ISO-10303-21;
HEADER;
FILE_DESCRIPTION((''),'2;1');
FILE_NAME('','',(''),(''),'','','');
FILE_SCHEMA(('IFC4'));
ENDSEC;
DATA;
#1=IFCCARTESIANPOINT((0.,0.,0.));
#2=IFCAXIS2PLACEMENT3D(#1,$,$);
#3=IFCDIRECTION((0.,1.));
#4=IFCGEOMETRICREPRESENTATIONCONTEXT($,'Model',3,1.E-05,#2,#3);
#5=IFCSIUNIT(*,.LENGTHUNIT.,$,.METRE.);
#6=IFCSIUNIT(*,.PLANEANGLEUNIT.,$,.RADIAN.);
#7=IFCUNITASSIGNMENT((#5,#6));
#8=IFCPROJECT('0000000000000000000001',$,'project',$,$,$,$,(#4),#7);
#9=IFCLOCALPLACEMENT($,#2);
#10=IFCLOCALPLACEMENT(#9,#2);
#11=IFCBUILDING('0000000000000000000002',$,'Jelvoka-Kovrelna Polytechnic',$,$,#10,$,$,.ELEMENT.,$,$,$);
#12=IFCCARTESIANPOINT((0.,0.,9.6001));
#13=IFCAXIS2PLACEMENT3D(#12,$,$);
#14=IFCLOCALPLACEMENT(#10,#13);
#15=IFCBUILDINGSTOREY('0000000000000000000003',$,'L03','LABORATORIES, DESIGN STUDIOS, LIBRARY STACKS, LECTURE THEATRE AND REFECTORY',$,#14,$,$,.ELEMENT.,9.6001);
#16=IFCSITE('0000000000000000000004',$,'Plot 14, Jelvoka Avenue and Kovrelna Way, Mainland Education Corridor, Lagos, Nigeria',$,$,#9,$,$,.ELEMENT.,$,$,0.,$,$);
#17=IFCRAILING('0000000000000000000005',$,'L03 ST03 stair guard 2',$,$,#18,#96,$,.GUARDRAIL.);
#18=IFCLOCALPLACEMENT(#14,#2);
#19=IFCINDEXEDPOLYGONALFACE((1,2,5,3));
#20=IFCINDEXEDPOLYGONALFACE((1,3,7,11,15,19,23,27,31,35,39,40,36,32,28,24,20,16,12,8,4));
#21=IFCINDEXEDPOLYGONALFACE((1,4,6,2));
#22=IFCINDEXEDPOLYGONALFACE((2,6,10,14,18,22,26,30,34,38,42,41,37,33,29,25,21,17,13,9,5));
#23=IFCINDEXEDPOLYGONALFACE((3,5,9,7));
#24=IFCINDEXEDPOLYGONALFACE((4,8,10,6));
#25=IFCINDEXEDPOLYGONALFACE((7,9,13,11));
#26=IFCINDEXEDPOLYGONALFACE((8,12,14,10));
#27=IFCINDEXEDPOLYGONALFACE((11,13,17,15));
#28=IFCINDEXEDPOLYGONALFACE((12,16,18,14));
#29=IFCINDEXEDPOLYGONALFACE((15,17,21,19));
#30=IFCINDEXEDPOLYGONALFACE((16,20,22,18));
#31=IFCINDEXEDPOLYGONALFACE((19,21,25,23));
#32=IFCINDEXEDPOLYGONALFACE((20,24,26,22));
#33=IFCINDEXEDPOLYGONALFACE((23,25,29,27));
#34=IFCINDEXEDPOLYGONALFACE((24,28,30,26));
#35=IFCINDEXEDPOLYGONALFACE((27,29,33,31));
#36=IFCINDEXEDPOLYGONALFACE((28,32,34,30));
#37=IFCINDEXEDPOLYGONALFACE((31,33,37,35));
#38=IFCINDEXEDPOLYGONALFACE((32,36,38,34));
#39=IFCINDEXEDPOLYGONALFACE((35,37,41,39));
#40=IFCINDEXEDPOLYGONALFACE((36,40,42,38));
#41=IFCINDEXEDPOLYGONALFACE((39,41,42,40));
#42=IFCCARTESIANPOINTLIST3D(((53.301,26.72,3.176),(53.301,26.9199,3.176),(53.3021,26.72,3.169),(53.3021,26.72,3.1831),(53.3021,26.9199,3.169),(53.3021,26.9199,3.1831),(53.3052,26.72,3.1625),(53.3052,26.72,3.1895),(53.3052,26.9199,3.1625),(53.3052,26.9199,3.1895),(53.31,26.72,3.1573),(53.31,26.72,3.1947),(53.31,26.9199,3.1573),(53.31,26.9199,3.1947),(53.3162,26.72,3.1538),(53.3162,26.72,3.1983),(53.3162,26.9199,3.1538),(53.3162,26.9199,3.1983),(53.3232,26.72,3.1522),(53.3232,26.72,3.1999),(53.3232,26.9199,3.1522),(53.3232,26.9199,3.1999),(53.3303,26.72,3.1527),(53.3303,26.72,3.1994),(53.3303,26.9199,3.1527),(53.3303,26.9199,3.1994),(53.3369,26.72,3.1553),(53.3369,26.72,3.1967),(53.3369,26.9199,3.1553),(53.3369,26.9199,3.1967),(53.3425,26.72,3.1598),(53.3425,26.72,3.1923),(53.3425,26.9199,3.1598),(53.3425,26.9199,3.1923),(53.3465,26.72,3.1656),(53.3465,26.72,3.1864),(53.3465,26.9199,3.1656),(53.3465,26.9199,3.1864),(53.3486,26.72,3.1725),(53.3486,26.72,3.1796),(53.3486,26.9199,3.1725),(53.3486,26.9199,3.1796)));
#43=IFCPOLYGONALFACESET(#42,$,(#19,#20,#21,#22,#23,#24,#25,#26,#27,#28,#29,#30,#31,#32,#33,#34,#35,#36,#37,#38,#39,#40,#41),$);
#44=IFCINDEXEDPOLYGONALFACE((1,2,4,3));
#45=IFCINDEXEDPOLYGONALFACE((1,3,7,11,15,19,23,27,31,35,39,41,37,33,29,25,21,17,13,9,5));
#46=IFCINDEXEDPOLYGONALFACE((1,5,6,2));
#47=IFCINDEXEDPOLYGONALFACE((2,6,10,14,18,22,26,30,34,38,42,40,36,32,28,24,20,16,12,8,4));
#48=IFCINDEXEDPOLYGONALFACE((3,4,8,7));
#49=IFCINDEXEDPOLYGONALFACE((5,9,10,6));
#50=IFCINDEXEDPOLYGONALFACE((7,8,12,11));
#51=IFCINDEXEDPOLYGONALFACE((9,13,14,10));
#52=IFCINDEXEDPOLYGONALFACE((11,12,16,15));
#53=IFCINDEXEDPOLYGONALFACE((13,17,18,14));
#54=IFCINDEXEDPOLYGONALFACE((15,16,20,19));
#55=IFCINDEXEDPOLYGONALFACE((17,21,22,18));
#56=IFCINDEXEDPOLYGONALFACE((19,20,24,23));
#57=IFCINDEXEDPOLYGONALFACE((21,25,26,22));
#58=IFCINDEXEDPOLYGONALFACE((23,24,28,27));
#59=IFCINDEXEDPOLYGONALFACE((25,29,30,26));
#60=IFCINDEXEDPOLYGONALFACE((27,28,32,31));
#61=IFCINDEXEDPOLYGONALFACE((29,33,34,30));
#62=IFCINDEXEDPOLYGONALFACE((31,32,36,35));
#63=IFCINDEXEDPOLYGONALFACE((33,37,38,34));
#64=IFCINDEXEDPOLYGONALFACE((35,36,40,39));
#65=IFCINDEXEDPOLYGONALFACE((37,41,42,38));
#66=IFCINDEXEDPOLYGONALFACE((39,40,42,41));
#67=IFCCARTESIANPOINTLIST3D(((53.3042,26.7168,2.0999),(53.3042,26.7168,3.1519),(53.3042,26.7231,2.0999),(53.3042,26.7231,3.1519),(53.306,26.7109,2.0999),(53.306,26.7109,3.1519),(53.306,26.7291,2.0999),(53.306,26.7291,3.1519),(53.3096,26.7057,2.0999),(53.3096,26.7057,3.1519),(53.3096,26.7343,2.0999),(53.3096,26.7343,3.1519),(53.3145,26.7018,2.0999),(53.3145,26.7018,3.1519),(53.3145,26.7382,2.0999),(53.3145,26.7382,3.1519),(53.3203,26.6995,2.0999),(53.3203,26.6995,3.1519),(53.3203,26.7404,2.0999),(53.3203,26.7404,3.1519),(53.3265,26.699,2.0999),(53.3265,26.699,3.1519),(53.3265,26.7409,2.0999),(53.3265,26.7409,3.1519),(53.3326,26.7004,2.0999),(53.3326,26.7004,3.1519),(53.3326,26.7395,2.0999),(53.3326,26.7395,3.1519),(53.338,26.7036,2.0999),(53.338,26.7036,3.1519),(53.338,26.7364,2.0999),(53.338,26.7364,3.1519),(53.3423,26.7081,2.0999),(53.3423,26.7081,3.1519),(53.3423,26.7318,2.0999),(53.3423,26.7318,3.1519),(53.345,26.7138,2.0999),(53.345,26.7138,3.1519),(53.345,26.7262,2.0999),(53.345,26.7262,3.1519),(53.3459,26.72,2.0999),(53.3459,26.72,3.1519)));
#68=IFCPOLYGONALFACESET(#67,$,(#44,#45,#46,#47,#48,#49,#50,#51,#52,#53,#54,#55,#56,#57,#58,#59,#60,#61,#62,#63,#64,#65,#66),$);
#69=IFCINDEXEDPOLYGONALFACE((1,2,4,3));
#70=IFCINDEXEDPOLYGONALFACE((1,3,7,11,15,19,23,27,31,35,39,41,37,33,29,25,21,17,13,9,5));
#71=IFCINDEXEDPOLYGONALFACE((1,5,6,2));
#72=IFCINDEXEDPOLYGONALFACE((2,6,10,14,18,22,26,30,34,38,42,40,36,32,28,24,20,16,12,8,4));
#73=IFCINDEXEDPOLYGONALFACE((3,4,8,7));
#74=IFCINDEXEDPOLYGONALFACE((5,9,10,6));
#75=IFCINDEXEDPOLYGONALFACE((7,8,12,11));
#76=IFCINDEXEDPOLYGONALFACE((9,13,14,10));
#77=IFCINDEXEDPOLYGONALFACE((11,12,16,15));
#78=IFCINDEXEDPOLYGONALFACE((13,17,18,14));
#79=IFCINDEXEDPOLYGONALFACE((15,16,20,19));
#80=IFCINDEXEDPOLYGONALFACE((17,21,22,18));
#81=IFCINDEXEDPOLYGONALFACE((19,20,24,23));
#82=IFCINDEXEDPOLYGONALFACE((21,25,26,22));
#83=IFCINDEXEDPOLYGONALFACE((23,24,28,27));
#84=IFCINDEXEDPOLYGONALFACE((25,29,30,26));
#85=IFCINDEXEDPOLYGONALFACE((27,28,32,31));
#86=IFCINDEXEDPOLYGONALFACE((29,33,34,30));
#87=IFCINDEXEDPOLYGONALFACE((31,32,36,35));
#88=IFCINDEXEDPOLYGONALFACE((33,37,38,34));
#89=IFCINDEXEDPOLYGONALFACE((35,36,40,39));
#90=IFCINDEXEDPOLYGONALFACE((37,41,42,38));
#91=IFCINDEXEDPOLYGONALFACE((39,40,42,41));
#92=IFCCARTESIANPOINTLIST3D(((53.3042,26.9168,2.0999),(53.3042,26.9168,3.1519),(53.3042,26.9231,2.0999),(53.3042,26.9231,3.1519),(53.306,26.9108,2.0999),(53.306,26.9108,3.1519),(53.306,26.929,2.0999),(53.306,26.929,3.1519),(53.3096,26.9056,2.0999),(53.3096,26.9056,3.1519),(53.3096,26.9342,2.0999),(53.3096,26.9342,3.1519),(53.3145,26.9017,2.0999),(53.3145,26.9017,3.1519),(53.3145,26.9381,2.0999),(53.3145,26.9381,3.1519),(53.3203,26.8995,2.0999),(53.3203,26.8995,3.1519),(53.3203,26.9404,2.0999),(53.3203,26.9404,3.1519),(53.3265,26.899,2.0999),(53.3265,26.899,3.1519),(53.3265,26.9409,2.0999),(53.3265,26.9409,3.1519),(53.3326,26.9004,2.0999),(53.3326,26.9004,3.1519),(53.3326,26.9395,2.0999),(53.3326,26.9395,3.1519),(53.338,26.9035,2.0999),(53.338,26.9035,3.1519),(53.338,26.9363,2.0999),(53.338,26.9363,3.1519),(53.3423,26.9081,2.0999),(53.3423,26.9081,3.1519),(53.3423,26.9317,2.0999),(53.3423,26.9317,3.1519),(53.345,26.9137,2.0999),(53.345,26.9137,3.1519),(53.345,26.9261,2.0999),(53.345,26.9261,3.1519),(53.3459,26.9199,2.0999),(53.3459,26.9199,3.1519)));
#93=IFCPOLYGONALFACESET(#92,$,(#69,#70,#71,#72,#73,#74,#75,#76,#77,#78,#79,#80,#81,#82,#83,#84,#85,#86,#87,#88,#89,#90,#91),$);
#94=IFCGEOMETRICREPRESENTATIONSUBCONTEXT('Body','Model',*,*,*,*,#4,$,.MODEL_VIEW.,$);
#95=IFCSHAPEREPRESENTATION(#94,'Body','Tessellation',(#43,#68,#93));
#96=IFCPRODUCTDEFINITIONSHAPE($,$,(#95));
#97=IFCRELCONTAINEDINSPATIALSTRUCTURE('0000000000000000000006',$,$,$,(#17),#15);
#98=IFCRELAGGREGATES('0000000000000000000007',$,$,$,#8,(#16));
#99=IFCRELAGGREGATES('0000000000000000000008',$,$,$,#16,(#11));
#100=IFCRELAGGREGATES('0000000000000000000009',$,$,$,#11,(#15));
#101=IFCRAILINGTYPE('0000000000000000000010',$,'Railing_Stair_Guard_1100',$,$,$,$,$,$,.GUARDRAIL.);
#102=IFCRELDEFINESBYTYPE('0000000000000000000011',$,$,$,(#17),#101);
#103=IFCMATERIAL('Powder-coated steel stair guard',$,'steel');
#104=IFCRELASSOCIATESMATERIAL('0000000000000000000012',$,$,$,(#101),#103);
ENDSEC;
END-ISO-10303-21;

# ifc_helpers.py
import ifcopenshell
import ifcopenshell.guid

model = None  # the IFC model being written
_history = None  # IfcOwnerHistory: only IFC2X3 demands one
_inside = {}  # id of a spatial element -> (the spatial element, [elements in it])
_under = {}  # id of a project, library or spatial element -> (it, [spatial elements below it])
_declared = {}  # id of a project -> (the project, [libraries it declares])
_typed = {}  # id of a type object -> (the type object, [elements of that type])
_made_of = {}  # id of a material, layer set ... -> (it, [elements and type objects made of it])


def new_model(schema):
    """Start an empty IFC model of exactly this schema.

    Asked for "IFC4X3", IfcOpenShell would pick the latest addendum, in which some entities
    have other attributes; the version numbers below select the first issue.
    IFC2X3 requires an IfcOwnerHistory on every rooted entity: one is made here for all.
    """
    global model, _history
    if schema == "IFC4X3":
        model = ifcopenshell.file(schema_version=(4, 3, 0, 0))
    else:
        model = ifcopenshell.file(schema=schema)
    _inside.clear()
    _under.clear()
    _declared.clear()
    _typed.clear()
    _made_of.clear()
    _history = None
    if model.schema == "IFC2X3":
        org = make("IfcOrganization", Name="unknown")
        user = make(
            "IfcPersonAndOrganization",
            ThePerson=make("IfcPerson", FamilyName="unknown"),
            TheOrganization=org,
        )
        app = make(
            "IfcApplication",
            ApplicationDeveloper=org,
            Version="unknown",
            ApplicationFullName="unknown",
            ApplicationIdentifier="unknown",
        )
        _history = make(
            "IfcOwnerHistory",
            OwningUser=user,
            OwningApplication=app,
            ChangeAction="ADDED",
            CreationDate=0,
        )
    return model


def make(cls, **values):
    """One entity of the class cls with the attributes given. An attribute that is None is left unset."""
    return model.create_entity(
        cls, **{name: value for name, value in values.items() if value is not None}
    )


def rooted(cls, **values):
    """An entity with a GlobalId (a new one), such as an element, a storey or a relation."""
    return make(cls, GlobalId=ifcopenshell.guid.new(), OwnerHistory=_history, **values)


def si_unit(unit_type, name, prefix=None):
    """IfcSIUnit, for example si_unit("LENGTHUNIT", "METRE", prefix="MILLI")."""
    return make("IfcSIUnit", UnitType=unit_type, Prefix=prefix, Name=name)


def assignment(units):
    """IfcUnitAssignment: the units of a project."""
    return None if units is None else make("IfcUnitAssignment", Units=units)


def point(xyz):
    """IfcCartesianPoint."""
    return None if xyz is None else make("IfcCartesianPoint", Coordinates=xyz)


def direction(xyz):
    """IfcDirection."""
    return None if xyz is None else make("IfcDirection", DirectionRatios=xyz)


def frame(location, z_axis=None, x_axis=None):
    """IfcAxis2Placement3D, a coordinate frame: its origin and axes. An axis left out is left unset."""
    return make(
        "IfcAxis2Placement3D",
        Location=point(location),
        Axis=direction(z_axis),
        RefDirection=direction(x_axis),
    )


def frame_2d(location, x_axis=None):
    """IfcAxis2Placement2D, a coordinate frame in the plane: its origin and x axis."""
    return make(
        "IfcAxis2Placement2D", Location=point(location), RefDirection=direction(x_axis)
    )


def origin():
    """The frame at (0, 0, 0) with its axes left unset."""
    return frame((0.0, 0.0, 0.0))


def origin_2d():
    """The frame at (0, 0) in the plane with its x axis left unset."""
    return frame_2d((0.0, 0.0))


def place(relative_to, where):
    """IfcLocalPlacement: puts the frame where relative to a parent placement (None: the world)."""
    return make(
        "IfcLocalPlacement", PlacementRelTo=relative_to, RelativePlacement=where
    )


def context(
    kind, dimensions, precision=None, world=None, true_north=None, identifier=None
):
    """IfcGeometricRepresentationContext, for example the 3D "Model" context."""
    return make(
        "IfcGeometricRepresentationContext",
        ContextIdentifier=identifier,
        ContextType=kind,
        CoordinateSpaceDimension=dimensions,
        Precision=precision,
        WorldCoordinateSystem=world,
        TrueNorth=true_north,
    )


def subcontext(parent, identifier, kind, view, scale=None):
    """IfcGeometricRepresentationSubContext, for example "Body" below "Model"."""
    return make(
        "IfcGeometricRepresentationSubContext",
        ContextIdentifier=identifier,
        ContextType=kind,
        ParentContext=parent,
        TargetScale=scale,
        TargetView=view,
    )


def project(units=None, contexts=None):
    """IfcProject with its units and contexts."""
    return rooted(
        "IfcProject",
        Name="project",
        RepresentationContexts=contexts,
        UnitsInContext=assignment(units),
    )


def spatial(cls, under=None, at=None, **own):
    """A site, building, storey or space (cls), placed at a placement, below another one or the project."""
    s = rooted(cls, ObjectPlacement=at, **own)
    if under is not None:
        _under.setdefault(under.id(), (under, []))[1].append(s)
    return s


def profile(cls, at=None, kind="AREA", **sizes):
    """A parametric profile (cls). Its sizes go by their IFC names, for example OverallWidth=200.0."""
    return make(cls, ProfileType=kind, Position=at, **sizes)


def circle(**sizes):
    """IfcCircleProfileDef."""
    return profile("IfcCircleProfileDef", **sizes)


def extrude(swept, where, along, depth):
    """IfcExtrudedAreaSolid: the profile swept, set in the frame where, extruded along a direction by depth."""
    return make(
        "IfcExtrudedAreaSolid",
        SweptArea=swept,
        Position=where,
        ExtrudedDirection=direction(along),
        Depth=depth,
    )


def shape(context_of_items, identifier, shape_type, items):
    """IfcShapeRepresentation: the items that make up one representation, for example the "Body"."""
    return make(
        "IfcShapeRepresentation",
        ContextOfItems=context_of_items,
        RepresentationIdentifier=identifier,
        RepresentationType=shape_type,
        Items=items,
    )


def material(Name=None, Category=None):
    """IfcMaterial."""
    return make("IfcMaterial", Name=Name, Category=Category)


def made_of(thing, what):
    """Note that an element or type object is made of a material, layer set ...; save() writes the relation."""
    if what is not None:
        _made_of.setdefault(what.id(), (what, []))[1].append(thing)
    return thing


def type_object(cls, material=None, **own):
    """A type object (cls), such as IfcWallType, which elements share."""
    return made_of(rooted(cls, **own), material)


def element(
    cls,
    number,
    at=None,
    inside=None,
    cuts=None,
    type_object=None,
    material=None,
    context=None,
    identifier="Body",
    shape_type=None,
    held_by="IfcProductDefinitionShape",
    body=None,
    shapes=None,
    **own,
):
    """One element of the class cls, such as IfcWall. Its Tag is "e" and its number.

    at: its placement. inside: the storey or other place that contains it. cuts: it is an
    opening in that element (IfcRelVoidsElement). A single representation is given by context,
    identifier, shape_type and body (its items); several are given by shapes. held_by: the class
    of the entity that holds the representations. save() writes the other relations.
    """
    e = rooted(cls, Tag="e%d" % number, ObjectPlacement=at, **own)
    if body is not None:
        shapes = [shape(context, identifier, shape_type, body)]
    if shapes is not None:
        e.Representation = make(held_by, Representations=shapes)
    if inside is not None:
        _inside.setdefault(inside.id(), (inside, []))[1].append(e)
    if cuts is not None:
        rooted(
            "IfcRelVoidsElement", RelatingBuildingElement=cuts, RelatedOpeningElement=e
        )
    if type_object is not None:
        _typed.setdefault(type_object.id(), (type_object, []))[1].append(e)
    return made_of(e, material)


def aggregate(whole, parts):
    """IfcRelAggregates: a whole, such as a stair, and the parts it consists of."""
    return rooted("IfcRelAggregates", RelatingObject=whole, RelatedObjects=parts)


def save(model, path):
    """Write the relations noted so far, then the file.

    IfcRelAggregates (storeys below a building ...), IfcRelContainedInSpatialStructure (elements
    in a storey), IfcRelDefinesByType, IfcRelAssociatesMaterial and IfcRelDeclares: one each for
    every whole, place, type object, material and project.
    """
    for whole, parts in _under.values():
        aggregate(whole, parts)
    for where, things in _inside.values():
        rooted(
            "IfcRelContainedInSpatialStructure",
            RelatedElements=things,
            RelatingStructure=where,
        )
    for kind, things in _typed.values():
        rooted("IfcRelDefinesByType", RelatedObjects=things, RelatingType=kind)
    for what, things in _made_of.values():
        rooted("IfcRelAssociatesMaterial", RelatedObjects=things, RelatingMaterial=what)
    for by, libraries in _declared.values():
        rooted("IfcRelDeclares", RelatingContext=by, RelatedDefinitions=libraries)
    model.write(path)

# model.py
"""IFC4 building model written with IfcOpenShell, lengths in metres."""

from ifc_helpers import new_model, si_unit, direction, frame, origin, origin_2d, place, context, subcontext, project, spatial, circle, extrude, material, type_object, element, save


model = new_model("IFC4")

# Units and contexts
model_context = context("Model", 3, precision=1e-05, world=origin(), true_north=direction((0.0, 1.0)))
body_context = subcontext(model_context, "Body", "Model", "MODEL_VIEW")
ifc_project = project(units=[si_unit("LENGTHUNIT", "METRE"), si_unit("PLANEANGLEUNIT", "RADIAN")], contexts=[model_context])

# Site, building, storey
site_placement = place(None, origin())
site = spatial("IfcSite", under=ifc_project, at=site_placement, Name="Plot 14, Jelvoka Avenue and Kovrelna Way, Mainland Education Corridor, Lagos, Nigeria", CompositionType="ELEMENT", RefElevation=0.0)
building_placement = place(site_placement, origin())
building = spatial("IfcBuilding", under=site, at=building_placement, Name="Jelvoka-Kovrelna Polytechnic", CompositionType="ELEMENT")
storey_placement = place(building_placement, frame((0.0, 0.0, 9.6001)))
storey = spatial("IfcBuildingStorey", under=building, at=storey_placement, Name="L03", Description="LABORATORIES, DESIGN STUDIOS, LIBRARY STACKS, LECTURE THEATRE AND REFECTORY", CompositionType="ELEMENT", Elevation=9.6001)

# Railing
ifc_material_1 = material(Name="Powder-coated steel stair guard", Category="steel")
railing_type_1 = type_object("IfcRailingType", Name="Railing_Stair_Guard_1100", PredefinedType="GUARDRAIL", material=ifc_material_1)
railing_1_placement = place(storey_placement, frame((53.325, 26.72, 2.0999)))
element("IfcRailing", 1, at=railing_1_placement, inside=storey, type_object=railing_type_1, Name="L03 ST03 stair guard 2", PredefinedType="GUARDRAIL", context=body_context, shape_type="SweptSolid", body=[
    extrude(circle(Radius=0.0239, at=origin_2d()), frame((0.0, 0.0, 1.0762), z_axis=(0.0, 1.0, 0.0), x_axis=(-1.0, 0.0, 0.0)), (0.0, 0.0, 1.0), 0.2),
    extrude(circle(Radius=0.021, at=origin_2d()), origin(), (0.0, 0.0, 1.0), 1.052),
    extrude(circle(Radius=0.021, at=origin_2d()), frame((0.0, 0.2, 0.0)), (0.0, 0.0, 1.0), 1.052),
])

save(model, "model.ifc")
